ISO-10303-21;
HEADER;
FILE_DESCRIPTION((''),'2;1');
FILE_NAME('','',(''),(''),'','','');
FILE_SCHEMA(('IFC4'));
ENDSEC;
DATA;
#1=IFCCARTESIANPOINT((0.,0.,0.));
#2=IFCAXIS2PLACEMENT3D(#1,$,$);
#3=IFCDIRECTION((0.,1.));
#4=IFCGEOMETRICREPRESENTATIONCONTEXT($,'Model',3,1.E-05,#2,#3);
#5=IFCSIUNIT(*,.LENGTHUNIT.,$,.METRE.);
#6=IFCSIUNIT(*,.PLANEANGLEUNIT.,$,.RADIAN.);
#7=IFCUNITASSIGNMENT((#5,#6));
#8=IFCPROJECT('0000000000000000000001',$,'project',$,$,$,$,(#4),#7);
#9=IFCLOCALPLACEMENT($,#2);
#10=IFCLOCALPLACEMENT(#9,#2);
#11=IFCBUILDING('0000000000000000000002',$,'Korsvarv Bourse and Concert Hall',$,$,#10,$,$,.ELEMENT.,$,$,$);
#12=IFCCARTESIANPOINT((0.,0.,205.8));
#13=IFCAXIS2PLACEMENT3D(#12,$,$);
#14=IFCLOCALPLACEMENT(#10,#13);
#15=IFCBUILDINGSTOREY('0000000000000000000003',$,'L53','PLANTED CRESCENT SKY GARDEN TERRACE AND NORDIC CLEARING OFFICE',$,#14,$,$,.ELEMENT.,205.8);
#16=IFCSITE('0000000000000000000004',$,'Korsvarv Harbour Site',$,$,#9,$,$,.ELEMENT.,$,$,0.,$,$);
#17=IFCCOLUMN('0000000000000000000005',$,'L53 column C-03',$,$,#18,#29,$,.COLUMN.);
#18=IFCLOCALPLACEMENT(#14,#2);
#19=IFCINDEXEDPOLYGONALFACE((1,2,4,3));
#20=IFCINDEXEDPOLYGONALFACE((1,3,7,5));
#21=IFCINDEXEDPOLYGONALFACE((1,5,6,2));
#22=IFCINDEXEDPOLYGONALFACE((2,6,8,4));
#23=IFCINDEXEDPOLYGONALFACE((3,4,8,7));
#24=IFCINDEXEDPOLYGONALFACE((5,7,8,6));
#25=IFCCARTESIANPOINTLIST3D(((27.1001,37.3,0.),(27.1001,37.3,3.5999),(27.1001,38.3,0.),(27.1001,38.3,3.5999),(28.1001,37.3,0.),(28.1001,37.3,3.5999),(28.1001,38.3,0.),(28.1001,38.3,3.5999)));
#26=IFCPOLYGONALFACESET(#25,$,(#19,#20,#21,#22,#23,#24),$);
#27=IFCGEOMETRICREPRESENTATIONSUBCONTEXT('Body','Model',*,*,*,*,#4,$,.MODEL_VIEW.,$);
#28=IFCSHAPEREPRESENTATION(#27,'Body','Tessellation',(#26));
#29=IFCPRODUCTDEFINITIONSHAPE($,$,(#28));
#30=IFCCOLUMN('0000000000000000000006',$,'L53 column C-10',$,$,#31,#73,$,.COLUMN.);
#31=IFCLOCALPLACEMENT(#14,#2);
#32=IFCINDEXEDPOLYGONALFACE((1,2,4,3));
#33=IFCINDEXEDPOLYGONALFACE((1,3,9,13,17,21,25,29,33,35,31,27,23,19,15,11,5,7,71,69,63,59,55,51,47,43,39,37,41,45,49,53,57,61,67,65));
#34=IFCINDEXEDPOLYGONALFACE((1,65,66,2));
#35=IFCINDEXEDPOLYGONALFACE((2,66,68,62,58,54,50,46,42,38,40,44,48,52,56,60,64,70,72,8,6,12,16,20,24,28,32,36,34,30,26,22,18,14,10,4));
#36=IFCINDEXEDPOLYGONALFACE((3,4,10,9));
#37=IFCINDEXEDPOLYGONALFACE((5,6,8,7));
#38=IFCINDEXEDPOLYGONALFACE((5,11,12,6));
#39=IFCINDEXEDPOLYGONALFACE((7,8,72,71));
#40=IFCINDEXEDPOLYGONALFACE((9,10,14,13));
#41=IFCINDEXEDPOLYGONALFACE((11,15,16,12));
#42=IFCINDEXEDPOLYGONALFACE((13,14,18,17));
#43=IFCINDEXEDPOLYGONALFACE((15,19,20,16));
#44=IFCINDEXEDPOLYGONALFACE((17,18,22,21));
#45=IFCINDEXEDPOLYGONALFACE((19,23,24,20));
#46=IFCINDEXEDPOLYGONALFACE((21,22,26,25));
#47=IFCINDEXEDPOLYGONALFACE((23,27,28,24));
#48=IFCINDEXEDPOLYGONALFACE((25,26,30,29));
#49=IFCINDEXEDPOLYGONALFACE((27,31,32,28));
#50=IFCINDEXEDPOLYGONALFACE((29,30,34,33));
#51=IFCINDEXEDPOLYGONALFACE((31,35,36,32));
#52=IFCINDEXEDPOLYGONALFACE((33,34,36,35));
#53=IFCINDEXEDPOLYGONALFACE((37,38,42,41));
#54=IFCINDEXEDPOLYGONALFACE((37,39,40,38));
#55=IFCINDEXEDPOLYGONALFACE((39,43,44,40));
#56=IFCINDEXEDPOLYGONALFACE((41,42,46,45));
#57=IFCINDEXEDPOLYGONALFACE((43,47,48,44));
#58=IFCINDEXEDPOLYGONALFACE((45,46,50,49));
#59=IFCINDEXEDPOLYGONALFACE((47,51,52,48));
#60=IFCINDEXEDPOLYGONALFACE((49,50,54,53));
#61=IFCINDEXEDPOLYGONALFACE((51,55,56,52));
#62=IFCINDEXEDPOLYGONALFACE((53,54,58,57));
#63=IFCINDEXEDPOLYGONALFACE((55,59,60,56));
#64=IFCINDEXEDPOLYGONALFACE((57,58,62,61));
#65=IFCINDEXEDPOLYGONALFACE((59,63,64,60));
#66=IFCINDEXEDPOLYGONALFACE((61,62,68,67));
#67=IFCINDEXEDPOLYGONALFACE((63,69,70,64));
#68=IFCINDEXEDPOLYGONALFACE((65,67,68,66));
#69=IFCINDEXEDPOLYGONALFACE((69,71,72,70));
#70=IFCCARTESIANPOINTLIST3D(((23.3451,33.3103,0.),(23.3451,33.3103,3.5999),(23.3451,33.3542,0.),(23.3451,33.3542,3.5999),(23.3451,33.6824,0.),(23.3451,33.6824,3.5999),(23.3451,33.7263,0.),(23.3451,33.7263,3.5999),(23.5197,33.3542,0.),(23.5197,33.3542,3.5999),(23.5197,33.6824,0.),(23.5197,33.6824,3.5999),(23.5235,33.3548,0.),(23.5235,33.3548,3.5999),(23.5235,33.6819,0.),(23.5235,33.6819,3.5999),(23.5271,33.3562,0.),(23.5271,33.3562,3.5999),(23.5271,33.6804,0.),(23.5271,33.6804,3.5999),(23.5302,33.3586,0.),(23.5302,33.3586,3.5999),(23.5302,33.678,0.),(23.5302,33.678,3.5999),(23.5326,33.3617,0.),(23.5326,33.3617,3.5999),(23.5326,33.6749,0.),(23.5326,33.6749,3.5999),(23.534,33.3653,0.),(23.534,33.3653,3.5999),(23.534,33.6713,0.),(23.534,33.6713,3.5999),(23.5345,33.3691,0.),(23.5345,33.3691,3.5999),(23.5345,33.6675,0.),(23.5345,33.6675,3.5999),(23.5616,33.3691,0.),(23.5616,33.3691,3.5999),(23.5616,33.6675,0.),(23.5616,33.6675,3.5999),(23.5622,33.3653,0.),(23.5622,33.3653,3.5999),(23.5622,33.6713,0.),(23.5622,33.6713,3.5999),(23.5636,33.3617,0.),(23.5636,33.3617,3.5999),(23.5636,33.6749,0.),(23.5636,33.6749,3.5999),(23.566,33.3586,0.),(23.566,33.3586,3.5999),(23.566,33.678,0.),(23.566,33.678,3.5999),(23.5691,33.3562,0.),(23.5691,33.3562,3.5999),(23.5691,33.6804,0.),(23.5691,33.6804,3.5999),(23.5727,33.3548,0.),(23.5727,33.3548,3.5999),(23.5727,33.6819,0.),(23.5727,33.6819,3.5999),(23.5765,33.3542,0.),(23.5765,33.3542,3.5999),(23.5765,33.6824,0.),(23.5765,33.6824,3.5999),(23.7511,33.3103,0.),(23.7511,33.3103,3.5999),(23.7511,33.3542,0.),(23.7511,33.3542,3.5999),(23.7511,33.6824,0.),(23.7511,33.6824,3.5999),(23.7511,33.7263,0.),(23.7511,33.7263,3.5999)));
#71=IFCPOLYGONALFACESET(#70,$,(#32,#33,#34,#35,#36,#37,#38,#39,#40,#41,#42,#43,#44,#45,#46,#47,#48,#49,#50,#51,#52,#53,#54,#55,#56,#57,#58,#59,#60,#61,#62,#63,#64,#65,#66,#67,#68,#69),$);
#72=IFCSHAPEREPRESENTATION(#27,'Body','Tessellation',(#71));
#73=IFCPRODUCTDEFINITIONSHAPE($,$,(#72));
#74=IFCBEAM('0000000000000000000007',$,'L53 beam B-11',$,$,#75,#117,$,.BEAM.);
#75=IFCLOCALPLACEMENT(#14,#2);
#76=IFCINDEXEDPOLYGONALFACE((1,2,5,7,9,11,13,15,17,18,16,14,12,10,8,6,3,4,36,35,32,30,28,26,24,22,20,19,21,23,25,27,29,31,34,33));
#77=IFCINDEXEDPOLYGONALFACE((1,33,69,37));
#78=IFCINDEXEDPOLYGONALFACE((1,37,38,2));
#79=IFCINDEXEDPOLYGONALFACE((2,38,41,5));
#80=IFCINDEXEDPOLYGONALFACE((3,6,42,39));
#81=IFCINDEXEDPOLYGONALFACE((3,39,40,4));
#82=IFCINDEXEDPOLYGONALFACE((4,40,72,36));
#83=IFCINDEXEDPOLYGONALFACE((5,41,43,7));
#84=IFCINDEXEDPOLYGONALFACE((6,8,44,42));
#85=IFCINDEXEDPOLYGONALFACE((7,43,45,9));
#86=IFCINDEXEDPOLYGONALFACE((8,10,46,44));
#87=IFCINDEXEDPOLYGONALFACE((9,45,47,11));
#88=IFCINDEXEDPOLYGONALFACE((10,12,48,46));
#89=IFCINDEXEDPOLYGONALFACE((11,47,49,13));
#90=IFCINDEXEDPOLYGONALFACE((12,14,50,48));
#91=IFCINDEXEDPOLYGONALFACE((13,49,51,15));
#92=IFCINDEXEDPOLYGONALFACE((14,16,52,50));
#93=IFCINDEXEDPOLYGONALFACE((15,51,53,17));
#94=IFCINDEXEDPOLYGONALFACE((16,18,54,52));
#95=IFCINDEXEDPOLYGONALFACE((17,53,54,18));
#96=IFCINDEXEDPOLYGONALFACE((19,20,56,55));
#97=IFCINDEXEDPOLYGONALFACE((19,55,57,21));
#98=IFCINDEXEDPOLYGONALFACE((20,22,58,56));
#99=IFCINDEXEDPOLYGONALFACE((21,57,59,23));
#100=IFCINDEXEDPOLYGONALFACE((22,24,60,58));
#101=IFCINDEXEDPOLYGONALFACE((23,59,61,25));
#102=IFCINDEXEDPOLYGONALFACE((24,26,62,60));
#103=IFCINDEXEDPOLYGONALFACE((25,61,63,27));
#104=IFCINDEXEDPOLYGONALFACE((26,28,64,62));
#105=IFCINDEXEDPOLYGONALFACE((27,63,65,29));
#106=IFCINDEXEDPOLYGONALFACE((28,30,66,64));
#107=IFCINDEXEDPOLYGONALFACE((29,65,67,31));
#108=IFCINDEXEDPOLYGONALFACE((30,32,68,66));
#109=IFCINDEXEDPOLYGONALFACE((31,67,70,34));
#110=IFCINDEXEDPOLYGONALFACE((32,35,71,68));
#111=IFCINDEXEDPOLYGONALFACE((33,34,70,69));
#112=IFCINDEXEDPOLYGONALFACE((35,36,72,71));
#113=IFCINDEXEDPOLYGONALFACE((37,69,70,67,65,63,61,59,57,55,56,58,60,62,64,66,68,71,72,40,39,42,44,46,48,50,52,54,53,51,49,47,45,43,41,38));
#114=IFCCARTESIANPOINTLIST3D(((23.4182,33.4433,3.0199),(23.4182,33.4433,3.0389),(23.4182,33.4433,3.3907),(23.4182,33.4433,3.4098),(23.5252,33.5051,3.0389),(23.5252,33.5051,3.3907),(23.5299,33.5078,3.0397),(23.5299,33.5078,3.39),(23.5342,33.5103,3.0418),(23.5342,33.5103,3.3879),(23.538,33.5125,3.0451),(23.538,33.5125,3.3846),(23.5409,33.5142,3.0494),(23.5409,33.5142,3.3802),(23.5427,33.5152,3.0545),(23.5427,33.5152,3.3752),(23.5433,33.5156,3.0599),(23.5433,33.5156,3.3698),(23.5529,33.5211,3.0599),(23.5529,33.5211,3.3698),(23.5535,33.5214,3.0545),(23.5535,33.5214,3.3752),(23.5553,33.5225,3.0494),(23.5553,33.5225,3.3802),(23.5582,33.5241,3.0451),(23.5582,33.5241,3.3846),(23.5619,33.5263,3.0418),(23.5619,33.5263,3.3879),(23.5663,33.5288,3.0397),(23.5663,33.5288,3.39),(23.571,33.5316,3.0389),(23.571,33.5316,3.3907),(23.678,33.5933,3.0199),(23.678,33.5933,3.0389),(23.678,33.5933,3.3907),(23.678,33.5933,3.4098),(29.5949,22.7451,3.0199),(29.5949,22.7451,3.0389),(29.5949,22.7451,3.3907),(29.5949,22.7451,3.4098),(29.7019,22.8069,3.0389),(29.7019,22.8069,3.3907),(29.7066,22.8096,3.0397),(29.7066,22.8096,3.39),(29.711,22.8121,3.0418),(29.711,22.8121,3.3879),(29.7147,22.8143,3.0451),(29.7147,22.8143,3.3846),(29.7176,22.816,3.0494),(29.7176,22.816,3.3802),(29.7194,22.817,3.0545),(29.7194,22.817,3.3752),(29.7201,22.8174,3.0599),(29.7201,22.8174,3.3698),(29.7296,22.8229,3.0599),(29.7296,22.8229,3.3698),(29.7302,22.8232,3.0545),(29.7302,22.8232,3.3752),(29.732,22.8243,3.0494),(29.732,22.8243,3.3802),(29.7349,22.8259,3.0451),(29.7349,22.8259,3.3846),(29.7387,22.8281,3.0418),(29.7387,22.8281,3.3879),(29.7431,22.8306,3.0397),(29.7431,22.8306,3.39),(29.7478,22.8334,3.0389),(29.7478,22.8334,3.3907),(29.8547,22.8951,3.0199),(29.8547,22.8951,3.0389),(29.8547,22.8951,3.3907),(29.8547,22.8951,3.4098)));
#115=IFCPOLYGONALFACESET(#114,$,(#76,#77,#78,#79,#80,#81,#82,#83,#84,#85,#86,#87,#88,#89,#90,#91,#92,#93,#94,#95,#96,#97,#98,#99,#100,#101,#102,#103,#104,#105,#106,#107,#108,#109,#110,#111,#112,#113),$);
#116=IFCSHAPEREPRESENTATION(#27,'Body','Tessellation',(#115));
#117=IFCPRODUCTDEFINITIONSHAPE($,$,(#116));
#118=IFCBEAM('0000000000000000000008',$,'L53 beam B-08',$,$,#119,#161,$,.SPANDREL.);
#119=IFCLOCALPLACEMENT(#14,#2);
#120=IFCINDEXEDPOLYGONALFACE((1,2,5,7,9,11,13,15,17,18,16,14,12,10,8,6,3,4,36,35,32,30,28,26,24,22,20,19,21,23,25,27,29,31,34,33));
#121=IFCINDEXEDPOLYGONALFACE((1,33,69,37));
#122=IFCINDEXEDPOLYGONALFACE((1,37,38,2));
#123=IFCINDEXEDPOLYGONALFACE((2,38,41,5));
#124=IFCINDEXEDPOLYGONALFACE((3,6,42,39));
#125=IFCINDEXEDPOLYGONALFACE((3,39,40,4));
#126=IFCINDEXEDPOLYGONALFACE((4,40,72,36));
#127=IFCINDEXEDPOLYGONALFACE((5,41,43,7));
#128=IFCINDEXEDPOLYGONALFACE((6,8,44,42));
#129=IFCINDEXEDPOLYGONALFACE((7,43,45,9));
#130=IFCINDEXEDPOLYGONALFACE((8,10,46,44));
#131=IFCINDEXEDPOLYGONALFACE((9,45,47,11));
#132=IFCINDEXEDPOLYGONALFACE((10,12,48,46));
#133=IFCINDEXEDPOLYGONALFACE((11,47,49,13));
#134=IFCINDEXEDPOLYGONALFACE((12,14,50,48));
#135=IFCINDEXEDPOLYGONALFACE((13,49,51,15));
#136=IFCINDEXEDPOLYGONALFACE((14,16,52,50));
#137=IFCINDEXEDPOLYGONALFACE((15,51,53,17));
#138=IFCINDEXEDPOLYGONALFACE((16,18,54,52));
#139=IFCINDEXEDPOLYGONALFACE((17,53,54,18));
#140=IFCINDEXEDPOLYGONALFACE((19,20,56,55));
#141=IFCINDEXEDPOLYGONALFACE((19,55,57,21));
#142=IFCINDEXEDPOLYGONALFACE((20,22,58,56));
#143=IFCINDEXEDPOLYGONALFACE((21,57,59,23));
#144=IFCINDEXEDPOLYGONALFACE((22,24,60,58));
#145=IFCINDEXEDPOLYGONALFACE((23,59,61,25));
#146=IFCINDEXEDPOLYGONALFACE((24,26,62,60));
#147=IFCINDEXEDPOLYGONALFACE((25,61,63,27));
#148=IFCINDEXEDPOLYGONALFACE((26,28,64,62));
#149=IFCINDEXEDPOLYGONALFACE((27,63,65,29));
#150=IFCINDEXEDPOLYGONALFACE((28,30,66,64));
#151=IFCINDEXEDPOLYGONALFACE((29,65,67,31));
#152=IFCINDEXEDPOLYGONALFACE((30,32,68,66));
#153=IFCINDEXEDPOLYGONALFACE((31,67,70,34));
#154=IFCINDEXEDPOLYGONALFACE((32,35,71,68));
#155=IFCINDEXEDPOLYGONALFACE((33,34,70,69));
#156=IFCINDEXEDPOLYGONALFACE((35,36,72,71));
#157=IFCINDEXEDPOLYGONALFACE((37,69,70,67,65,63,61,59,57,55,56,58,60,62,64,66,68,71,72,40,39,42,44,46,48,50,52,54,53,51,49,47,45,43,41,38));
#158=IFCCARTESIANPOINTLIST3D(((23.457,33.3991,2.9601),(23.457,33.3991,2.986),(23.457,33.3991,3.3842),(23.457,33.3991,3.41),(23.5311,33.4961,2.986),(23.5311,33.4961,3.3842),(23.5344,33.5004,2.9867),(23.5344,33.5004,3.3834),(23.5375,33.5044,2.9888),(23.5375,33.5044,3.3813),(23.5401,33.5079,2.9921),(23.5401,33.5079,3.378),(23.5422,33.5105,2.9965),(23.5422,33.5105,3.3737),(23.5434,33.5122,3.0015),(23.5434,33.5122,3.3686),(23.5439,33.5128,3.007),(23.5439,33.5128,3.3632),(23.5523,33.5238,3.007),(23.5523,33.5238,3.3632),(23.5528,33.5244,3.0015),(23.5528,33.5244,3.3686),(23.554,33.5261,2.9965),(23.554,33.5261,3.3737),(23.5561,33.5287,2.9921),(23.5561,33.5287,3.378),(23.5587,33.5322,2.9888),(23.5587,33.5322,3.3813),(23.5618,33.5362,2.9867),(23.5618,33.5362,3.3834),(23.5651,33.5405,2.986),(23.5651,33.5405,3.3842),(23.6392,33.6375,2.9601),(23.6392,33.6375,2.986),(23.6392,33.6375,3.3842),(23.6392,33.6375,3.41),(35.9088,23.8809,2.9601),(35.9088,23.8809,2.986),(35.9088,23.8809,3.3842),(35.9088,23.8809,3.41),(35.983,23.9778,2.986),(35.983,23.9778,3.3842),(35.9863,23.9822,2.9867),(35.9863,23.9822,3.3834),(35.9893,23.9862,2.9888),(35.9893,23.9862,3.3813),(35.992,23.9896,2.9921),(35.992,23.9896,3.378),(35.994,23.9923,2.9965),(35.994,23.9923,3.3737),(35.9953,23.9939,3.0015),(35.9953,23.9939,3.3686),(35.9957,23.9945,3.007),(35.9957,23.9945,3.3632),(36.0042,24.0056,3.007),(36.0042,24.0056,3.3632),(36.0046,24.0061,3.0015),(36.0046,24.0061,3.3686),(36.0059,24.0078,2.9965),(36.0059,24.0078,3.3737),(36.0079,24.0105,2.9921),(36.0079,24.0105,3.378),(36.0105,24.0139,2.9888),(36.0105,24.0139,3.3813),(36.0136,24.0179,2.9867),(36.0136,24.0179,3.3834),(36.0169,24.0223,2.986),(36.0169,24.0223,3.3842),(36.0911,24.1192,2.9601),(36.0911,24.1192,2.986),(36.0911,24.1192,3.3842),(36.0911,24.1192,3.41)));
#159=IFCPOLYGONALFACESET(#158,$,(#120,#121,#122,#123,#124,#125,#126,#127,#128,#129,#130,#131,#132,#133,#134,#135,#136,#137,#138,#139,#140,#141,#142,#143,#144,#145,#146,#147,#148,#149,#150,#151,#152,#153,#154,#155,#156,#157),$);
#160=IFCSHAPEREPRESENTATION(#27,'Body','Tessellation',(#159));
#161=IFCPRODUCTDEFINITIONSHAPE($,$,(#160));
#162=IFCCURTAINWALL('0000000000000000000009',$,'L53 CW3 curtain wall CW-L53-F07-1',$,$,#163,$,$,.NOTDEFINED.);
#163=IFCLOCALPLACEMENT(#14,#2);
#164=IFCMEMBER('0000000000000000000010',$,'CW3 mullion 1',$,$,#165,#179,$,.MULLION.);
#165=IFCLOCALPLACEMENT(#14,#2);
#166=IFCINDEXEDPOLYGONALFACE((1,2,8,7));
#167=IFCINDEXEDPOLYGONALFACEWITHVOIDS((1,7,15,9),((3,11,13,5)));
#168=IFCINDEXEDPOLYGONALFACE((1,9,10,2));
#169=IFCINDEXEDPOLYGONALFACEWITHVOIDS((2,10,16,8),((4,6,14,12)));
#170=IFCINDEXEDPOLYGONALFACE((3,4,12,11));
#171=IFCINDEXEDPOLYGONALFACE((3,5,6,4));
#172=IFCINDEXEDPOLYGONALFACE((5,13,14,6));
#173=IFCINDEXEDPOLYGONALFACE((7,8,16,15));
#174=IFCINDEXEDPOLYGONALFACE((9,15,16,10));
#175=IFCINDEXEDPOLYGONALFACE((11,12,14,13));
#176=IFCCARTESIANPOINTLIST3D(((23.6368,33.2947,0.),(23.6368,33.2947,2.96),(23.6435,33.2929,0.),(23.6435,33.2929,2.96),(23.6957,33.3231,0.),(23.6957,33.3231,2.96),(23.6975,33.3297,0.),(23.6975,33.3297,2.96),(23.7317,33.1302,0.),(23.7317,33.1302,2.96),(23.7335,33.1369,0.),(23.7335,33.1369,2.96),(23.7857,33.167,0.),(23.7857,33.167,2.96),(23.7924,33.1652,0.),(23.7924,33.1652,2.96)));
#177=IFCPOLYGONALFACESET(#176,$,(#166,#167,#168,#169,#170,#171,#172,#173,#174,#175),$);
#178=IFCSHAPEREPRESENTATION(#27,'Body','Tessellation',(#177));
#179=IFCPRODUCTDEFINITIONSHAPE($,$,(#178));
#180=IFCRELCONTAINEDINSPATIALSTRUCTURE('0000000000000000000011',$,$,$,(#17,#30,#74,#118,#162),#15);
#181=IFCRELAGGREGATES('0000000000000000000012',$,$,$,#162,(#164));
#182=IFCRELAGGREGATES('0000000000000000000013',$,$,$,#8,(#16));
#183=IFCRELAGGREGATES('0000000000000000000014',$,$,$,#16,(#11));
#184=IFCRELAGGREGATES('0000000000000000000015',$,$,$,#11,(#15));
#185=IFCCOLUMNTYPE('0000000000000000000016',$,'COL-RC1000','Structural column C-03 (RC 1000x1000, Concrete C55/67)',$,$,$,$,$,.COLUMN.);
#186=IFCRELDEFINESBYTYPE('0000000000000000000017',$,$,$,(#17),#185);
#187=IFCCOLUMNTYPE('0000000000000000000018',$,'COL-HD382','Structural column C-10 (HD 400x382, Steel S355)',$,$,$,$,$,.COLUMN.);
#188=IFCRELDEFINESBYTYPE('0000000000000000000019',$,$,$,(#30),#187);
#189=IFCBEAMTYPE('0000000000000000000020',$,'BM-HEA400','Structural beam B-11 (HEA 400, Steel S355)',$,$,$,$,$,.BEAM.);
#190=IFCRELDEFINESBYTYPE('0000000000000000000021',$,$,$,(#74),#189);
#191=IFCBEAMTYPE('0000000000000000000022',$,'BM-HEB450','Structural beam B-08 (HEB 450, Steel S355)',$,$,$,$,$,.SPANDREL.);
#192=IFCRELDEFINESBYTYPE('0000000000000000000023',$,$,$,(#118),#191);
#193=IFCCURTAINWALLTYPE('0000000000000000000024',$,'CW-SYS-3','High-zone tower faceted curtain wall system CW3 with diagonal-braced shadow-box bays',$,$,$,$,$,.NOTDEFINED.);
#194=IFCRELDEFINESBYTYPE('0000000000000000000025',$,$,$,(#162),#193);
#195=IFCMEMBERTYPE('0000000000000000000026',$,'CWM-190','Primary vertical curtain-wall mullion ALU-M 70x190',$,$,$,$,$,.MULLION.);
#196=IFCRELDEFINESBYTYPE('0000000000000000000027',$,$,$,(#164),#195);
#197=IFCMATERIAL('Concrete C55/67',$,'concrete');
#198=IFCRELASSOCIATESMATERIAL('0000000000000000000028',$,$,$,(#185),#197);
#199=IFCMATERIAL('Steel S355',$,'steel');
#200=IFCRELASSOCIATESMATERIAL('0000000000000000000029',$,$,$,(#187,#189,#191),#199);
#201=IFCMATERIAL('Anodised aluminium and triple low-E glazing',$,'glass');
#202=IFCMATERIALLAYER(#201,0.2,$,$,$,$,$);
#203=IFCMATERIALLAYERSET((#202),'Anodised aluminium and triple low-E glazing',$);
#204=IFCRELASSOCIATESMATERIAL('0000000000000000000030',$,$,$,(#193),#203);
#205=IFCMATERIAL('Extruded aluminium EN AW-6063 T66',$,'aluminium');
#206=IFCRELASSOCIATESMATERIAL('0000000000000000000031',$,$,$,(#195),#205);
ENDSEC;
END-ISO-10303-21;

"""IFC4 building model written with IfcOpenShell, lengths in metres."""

from ifc_helpers import new_model, si_unit, direction, frame, origin, origin_2d, place, context, subcontext, project, spatial, rectangle, hollow_rectangle, i_section, extrude, source, transform, mapped, material, layer, layer_set, material_profile, profile_set, type_object, element, aggregate, save


model = new_model("IFC4")

# Units and contexts
model_context = context("Model", 3, precision=1e-05, world=origin(), true_north=direction((0.0, 1.0)))
body_context = subcontext(model_context, "Body", "Model", "MODEL_VIEW")
ifc_project = project(units=[si_unit("LENGTHUNIT", "METRE"), si_unit("PLANEANGLEUNIT", "RADIAN")], contexts=[model_context])

# Site, building, storey
site_placement = place(None, origin())
site = spatial("IfcSite", under=ifc_project, at=site_placement, Name="Korsvarv Harbour Site", CompositionType="ELEMENT", RefElevation=0.0)
building_placement = place(site_placement, origin())
building = spatial("IfcBuilding", under=site, at=building_placement, Name="Korsvarv Bourse and Concert Hall", CompositionType="ELEMENT")
storey_placement = place(building_placement, frame((0.0, 0.0, 205.8)))
storey = spatial("IfcBuildingStorey", under=building, at=storey_placement, Name="L53", Description="PLANTED CRESCENT SKY GARDEN TERRACE AND NORDIC CLEARING OFFICE", CompositionType="ELEMENT", Elevation=205.8)

# Columns
ifc_material_1 = material(Name="Concrete C55/67", Category="concrete")
ifc_material_profile_1 = material_profile(ifc_material_1, rectangle(XDim=1.0, YDim=1.0, at=origin_2d()), Name="RC 1000x1000")
ifc_profile_set_1 = profile_set([ifc_material_profile_1], Name="Concrete C55/67")
column_type_1 = type_object("IfcColumnType", Name="COL-RC1000", Description="Structural column C-03 (RC 1000x1000, Concrete C55/67)", PredefinedType="COLUMN", material=ifc_profile_set_1)
shared_shape_1 = source(origin(), body_context, "Body", "SweptSolid", [
    extrude(rectangle(XDim=1.0, YDim=1.0, at=origin_2d()), origin(), (0.0, 0.0, 1.0), 3.5999),
])
column_1_placement = place(storey_placement, frame((27.6001, 37.8, 0.0), z_axis=(0.0, 0.0, 1.0), x_axis=(1.0, 0.0, 0.0)))
element("IfcColumn", 1, at=column_1_placement, inside=storey, type_object=column_type_1, Name="L53 column C-03", PredefinedType="COLUMN", context=body_context, shape_type="MappedRepresentation", body=[
    mapped(shared_shape_1, transform((0.0, 0.0, 0.0), scale=1.0)),
])
ifc_material_2 = material(Name="Steel S355", Category="steel")
ifc_material_profile_2 = material_profile(ifc_material_2, i_section(OverallWidth=0.406, OverallDepth=0.416, WebThickness=0.0271, FlangeThickness=0.0439, FilletRadius=0.0149, at=origin_2d()), Name="HD 400x382")
ifc_profile_set_2 = profile_set([ifc_material_profile_2], Name="Steel S355")
column_type_2 = type_object("IfcColumnType", Name="COL-HD382", Description="Structural column C-10 (HD 400x382, Steel S355)", PredefinedType="COLUMN", material=ifc_profile_set_2)
shared_shape_2 = source(origin(), body_context, "Body", "SweptSolid", [
    extrude(i_section(OverallWidth=0.406, OverallDepth=0.416, WebThickness=0.0271, FlangeThickness=0.0439, FilletRadius=0.0149, at=origin_2d()), origin(), (0.0, 0.0, 1.0), 3.5999),
])
column_2_placement = place(storey_placement, frame((23.5481, 33.5183, 0.0), z_axis=(0.0, 0.0, 1.0), x_axis=(1.0, 0.0, 0.0)))
element("IfcColumn", 2, at=column_2_placement, inside=storey, type_object=column_type_2, Name="L53 column C-10", PredefinedType="COLUMN", context=body_context, shape_type="MappedRepresentation", body=[
    mapped(shared_shape_2, transform((0.0, 0.0, 0.0), scale=1.0)),
])

# Beams
ifc_material_profile_3 = material_profile(ifc_material_2, i_section(OverallWidth=0.3, OverallDepth=0.3899, WebThickness=0.011, FlangeThickness=0.019, FilletRadius=0.021, at=origin_2d()), Name="HEA 400")
ifc_profile_set_3 = profile_set([ifc_material_profile_3], Name="Steel S355")
beam_type_1 = type_object("IfcBeamType", Name="BM-HEA400", Description="Structural beam B-11 (HEA 400, Steel S355)", PredefinedType="BEAM", material=ifc_profile_set_3)
shared_shape_3 = source(origin(), body_context, "Body", "SweptSolid", [
    extrude(i_section(OverallWidth=0.3, OverallDepth=0.3899, WebThickness=0.011, FlangeThickness=0.019, FilletRadius=0.021, at=origin_2d()), origin(), (0.0, 0.0, 1.0), 12.3533),
])
beam_1_placement = place(storey_placement, frame((23.5481, 33.5183, 3.2148), z_axis=(0.500008, -0.866021, 0.0), x_axis=(0.866021, 0.500008, 0.0)))
element("IfcBeam", 3, at=beam_1_placement, inside=storey, type_object=beam_type_1, Name="L53 beam B-11", PredefinedType="BEAM", context=body_context, shape_type="MappedRepresentation", body=[
    mapped(shared_shape_3, transform((0.0, 0.0, 0.0), scale=1.0)),
])
ifc_material_profile_4 = material_profile(ifc_material_2, i_section(OverallWidth=0.3, OverallDepth=0.45, WebThickness=0.0139, FlangeThickness=0.0259, FilletRadius=0.021, at=origin_2d()), Name="HEB 450")
ifc_profile_set_4 = profile_set([ifc_material_profile_4], Name="Steel S355")
beam_type_2 = type_object("IfcBeamType", Name="BM-HEB450", Description="Structural beam B-08 (HEB 450, Steel S355)", PredefinedType="SPANDREL", material=ifc_profile_set_4)
shared_shape_4 = source(origin(), body_context, "Body", "SweptSolid", [
    extrude(i_section(OverallWidth=0.3, OverallDepth=0.45, WebThickness=0.0139, FlangeThickness=0.0259, FilletRadius=0.021, at=origin_2d()), origin(), (0.0, 0.0, 1.0), 15.6731),
])
beam_2_placement = place(storey_placement, frame((23.5481, 33.5183, 3.1851), z_axis=(0.794473, -0.6073, 0.0), x_axis=(0.6073, 0.794473, 0.0)))
element("IfcBeam", 4, at=beam_2_placement, inside=storey, type_object=beam_type_2, Name="L53 beam B-08", PredefinedType="SPANDREL", context=body_context, shape_type="MappedRepresentation", body=[
    mapped(shared_shape_4, transform((0.0, 0.0, 0.0), scale=1.0)),
])

# Curtain wall, member
ifc_material_3 = material(Name="Anodised aluminium and triple low-E glazing", Category="glass")
ifc_layer_1 = layer(ifc_material_3, 0.2)
ifc_layer_set_1 = layer_set([ifc_layer_1], Name="Anodised aluminium and triple low-E glazing")
curtain_wall_type = type_object("IfcCurtainWallType", Name="CW-SYS-3", Description="High-zone tower faceted curtain wall system CW3 with diagonal-braced shadow-box bays", PredefinedType="NOTDEFINED", material=ifc_layer_set_1)
curtain_wall_placement = place(storey_placement, origin())
curtain_wall = element("IfcCurtainWall", 5, at=curtain_wall_placement, inside=storey, type_object=curtain_wall_type, Name="L53 CW3 curtain wall CW-L53-F07-1", PredefinedType="NOTDEFINED")
ifc_material_4 = material(Name="Extruded aluminium EN AW-6063 T66", Category="aluminium")
ifc_material_profile_5 = material_profile(ifc_material_4, hollow_rectangle(XDim=0.0701, YDim=0.1899, WallThickness=0.0049, at=origin_2d()), Name="ALU-M 70x190")
ifc_profile_set_5 = profile_set([ifc_material_profile_5], Name="Extruded aluminium EN AW-6063 T66")
member_type_1 = type_object("IfcMemberType", Name="CWM-190", Description="Primary vertical curtain-wall mullion ALU-M 70x190", PredefinedType="MULLION", material=ifc_profile_set_5)
shared_shape_5 = source(origin(), body_context, "Body", "SweptSolid", [
    extrude(hollow_rectangle(XDim=0.0701, YDim=0.1899, WallThickness=0.0049, at=origin_2d()), origin(), (0.0, 0.0, 1.0), 2.96),
])
member_1_placement = place(storey_placement, frame((23.7146, 33.23, 0.0), z_axis=(0.0, 0.0, 1.0), x_axis=(0.866088, 0.499892, 0.0)))
member_1 = element("IfcMember", 6, at=member_1_placement, type_object=member_type_1, Name="CW3 mullion 1", PredefinedType="MULLION", context=body_context, shape_type="MappedRepresentation", body=[
    mapped(shared_shape_5, transform((0.0, 0.0, 0.0), scale=1.0)),
])
aggregate(curtain_wall, [member_1])

save(model, "model.ifc")
